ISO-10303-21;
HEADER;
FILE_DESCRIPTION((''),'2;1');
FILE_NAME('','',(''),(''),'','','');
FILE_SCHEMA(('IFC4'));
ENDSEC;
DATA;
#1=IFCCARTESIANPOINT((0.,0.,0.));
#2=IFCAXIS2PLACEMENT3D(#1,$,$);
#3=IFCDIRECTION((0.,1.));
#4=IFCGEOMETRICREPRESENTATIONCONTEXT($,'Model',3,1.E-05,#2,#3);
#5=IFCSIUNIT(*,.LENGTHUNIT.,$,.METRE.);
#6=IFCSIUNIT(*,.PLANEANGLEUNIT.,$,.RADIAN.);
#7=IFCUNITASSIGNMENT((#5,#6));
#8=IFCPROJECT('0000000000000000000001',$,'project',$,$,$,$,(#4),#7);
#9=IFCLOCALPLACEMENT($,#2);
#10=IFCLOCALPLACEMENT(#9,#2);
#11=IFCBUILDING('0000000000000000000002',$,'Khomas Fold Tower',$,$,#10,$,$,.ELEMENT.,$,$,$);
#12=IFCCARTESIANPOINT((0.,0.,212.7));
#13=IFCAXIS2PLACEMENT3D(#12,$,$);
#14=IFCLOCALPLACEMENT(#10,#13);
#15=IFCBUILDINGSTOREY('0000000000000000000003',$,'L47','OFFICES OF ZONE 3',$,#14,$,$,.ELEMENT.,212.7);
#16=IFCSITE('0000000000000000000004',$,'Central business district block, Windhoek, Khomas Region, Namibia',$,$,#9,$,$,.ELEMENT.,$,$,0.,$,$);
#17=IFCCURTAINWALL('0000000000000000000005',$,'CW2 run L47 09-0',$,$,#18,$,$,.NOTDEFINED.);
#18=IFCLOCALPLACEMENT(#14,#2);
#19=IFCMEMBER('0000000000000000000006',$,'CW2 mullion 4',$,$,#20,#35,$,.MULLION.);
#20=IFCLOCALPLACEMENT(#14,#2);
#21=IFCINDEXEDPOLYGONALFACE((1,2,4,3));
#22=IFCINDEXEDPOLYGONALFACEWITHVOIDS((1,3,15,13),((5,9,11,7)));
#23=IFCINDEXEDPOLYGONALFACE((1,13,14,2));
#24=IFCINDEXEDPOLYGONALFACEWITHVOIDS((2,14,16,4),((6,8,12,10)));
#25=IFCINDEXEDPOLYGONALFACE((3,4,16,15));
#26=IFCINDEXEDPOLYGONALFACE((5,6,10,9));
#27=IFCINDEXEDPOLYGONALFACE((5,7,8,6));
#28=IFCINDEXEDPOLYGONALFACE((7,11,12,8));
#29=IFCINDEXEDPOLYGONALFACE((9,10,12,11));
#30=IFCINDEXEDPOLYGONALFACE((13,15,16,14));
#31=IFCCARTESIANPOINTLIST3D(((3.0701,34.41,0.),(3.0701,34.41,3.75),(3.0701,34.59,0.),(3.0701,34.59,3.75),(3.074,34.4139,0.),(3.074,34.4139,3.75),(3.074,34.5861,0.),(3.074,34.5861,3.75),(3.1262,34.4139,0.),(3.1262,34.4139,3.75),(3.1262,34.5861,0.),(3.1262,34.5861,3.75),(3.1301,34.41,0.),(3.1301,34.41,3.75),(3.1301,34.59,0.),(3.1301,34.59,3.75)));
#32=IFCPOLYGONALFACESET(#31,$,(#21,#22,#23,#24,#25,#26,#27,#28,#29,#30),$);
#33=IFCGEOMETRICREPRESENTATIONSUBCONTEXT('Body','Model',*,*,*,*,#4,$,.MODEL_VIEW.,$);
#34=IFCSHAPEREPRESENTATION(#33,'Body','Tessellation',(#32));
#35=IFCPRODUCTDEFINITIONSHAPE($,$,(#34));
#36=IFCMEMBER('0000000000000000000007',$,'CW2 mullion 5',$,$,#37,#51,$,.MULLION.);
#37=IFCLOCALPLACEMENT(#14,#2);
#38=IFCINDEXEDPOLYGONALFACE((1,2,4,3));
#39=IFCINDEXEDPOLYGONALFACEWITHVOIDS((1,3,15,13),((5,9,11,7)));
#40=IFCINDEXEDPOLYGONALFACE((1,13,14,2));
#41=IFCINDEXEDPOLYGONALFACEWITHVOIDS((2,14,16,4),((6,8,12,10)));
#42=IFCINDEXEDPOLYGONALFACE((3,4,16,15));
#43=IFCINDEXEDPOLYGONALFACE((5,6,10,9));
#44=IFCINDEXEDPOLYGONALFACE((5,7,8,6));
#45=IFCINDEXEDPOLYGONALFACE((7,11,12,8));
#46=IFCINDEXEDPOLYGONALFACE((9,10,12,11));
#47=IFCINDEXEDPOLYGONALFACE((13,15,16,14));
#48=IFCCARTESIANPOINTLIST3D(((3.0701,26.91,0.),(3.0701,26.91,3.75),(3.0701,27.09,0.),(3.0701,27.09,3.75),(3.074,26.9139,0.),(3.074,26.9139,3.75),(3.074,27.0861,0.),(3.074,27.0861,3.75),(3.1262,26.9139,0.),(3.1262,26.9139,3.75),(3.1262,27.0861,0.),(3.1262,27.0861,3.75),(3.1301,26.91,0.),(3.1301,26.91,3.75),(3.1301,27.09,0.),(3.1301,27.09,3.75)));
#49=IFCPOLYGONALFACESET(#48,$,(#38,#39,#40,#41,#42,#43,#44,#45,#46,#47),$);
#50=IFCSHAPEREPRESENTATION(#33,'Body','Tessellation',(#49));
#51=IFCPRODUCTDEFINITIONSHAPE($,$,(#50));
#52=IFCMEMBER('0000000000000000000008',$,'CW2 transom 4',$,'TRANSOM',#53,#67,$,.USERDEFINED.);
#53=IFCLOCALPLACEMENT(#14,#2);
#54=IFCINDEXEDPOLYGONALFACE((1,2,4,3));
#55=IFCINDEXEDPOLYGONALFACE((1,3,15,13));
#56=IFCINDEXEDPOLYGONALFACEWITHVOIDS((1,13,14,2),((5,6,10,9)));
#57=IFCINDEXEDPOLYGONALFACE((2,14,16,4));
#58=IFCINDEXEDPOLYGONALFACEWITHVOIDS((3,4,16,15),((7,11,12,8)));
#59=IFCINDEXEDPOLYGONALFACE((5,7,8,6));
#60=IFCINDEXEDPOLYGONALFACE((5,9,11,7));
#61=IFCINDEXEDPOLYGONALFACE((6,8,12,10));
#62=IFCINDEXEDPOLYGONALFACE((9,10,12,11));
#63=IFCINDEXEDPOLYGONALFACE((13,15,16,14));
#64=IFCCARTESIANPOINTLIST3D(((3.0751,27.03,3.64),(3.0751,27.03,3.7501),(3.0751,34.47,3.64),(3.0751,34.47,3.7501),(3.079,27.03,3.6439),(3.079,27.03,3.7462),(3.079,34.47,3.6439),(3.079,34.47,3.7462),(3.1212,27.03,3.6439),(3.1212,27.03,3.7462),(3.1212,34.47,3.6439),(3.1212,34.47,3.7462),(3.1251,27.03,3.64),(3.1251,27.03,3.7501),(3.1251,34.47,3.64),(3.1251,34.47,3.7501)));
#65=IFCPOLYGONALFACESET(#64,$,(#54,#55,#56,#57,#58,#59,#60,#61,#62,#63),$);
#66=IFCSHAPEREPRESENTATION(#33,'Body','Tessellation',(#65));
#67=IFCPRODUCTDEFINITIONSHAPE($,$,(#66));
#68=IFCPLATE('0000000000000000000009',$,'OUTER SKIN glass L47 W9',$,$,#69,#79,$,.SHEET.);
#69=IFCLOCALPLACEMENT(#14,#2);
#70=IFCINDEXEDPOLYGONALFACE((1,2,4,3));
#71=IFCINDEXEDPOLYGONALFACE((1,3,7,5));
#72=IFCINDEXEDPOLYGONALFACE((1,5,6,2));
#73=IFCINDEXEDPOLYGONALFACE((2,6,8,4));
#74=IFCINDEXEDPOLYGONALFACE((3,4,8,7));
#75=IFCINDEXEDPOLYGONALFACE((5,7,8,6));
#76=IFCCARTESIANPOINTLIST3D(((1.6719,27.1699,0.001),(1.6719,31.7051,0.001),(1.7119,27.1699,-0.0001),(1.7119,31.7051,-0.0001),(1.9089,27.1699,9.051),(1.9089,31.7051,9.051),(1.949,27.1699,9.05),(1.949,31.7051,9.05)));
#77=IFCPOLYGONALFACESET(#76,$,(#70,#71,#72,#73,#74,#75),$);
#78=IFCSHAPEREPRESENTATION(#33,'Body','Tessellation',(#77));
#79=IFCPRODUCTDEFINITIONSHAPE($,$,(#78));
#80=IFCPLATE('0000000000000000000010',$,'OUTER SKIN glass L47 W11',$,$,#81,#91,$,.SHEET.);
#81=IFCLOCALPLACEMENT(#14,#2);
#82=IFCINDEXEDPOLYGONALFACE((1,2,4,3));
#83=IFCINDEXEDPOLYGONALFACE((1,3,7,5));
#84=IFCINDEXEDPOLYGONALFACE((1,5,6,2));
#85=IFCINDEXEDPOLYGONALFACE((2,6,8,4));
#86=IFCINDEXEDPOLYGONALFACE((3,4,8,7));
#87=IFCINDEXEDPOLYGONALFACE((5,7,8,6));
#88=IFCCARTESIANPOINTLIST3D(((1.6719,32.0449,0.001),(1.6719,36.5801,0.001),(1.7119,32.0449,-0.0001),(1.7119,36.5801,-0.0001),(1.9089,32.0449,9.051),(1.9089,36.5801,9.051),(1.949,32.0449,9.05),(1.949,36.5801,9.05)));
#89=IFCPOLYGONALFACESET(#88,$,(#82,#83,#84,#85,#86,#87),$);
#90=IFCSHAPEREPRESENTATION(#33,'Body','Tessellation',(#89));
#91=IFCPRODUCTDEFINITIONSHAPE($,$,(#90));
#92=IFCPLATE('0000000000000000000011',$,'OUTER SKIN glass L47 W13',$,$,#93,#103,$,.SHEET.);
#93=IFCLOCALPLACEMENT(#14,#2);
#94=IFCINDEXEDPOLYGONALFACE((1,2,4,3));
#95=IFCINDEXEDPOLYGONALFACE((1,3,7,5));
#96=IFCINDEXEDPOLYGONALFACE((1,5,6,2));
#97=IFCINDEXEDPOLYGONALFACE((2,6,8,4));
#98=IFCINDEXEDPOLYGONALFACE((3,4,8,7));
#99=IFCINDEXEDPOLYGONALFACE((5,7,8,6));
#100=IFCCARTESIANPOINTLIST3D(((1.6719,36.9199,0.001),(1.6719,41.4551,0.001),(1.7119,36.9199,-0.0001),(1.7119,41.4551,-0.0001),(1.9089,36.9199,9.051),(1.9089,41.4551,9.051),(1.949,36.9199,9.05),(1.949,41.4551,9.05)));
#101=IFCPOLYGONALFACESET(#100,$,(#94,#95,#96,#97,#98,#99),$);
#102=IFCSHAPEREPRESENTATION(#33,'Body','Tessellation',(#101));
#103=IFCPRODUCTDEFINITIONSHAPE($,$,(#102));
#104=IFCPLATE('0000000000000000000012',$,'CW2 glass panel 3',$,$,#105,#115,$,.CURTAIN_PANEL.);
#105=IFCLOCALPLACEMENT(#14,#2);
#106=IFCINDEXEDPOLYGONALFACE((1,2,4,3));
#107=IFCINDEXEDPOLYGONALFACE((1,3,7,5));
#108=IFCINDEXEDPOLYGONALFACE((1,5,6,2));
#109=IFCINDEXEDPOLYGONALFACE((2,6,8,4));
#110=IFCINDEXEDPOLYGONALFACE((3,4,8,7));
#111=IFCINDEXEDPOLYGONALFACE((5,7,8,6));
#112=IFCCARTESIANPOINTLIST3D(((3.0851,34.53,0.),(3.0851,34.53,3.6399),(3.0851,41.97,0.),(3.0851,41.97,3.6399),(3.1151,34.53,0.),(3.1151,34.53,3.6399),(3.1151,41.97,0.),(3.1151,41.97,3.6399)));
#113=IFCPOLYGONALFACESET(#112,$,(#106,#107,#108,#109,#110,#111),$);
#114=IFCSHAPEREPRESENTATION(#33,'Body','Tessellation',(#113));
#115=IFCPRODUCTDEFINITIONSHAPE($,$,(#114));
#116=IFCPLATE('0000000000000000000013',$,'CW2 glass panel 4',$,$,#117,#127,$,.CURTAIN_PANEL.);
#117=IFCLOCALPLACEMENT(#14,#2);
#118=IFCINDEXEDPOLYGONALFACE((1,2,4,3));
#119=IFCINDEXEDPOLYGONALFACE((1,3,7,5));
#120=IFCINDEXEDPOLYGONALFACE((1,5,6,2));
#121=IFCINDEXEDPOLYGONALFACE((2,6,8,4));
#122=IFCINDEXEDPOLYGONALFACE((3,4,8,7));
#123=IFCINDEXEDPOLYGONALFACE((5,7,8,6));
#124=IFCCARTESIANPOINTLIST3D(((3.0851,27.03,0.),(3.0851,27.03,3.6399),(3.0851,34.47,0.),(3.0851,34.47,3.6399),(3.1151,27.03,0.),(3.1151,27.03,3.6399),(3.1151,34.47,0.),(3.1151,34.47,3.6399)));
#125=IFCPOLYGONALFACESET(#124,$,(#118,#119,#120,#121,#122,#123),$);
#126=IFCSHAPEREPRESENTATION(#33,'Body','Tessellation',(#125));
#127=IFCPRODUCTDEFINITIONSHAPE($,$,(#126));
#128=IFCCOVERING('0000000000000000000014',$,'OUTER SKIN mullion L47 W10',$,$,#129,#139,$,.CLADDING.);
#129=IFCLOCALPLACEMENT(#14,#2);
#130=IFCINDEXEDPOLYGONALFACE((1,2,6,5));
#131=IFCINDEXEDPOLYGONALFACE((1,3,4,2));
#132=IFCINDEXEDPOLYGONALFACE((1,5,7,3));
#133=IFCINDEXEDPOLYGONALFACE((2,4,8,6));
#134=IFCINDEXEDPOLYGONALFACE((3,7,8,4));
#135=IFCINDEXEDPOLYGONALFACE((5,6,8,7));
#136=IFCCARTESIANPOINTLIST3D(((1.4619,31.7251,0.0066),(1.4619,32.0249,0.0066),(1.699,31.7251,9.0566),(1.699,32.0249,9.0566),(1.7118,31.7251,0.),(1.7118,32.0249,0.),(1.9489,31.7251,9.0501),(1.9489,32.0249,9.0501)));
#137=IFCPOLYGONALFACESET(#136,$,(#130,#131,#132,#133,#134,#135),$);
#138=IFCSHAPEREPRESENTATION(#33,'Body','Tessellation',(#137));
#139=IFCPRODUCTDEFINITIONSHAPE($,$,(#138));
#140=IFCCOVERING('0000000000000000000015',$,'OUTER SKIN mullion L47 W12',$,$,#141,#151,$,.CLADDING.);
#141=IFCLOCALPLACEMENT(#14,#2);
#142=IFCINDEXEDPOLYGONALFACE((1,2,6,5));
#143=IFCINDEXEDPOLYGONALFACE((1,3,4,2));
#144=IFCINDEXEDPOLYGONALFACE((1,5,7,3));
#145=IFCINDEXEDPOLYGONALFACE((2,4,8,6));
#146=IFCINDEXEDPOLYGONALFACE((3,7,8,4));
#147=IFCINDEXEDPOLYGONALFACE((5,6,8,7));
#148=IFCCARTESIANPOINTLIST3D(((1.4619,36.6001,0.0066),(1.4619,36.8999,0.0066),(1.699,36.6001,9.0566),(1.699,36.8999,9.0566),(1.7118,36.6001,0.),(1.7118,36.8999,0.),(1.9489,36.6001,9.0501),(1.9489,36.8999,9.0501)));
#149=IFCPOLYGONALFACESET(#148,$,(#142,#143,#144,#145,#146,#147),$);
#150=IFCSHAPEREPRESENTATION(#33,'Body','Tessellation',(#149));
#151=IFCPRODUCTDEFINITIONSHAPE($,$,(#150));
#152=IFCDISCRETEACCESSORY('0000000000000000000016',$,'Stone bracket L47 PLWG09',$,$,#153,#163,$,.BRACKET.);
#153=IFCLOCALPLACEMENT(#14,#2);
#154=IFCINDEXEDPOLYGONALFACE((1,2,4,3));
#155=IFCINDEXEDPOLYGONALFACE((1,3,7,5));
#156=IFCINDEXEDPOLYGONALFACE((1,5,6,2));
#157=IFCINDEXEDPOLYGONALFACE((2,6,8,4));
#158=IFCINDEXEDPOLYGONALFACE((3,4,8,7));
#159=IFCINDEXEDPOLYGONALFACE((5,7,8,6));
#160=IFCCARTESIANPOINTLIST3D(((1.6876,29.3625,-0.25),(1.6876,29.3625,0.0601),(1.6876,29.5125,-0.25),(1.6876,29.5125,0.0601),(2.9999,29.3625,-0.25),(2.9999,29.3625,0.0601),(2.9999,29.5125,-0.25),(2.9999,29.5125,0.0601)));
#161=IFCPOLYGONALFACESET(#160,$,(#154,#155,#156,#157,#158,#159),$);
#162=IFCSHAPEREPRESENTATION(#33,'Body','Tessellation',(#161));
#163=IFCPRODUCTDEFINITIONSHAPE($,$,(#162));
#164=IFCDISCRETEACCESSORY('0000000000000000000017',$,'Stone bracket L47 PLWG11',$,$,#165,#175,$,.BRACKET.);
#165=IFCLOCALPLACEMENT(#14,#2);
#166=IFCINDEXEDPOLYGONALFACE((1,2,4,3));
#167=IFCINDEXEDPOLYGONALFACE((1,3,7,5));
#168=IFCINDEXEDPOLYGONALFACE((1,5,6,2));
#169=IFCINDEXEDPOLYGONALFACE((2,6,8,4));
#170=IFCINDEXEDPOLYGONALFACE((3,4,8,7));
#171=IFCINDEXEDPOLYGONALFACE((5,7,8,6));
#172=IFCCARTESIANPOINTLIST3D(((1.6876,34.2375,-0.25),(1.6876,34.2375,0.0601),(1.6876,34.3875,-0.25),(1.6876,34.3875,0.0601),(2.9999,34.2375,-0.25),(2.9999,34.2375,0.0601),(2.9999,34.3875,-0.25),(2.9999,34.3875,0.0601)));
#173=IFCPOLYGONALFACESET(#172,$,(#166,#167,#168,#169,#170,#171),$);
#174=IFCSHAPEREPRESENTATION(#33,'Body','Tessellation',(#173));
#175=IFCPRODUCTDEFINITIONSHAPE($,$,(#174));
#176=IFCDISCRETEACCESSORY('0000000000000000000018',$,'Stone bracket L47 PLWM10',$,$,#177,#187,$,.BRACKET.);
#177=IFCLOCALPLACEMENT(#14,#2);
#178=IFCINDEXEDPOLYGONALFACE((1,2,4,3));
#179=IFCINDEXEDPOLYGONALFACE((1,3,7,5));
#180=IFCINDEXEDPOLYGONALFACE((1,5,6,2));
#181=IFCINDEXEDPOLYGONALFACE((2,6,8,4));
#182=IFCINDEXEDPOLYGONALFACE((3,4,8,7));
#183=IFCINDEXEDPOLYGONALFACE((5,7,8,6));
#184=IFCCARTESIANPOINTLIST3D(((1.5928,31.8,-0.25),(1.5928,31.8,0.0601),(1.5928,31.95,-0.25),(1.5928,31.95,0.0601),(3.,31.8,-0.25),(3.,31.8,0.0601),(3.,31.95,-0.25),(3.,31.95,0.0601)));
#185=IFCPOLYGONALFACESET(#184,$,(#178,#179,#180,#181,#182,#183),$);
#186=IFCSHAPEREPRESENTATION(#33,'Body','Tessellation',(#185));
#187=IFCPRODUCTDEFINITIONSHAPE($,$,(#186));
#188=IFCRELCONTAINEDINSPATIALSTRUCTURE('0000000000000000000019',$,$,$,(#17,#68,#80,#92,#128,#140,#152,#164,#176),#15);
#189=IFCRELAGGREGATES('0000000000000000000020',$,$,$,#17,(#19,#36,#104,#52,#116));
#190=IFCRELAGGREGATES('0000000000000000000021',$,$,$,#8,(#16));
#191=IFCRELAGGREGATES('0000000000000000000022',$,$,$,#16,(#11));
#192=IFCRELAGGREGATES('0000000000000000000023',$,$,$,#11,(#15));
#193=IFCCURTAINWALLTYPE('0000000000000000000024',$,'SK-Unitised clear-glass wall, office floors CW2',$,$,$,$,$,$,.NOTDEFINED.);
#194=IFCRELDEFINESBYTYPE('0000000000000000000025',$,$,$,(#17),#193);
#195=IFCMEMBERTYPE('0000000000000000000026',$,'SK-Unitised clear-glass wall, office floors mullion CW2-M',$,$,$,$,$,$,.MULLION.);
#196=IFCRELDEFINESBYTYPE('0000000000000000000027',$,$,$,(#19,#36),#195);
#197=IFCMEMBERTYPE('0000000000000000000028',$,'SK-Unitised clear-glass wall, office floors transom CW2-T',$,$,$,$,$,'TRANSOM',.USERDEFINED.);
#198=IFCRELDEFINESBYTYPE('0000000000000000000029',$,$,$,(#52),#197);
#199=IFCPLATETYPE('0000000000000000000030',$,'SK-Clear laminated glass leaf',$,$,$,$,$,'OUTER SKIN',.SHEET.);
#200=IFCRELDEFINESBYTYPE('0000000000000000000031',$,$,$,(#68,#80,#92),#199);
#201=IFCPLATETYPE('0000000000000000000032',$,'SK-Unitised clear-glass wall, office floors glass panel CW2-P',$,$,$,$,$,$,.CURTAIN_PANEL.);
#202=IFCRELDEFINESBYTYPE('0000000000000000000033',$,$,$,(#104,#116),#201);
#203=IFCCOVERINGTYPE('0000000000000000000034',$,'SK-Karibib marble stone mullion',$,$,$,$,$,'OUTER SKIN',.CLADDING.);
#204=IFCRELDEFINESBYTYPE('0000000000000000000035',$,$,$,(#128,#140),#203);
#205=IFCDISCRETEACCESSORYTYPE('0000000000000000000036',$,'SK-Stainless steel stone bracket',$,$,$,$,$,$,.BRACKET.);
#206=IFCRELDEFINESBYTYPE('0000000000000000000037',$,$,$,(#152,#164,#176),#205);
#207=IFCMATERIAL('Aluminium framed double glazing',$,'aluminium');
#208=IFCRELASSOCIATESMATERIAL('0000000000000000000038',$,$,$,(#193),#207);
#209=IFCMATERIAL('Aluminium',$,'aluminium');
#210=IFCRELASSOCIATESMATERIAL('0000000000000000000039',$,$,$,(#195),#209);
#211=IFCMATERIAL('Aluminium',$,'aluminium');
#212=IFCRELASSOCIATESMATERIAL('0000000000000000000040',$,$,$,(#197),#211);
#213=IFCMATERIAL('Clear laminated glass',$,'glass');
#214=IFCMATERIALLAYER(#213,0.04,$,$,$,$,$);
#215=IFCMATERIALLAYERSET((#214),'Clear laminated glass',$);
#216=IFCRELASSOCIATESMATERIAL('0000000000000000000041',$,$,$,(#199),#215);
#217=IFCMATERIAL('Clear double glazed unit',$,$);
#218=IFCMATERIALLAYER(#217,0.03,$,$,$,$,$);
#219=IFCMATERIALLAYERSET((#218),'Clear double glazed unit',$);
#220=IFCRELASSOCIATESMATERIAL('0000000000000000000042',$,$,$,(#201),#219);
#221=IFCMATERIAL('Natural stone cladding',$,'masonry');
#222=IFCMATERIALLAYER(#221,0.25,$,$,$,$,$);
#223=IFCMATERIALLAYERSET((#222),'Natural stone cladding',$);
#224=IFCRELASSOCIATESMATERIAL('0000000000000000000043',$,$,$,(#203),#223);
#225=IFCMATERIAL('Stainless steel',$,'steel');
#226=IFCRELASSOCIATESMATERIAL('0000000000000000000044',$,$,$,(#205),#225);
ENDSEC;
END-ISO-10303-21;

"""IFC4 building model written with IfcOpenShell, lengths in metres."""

from ifc_helpers import new_model, si_unit, direction, frame, origin, origin_2d, place, context, subcontext, project, spatial, polyline, rectangle, hollow_rectangle, outline, extrude, source, transform, mapped, material, layer, layer_set, material_profile, profile_set, type_object, element, aggregate, save


model = new_model("IFC4")

# Units and contexts
model_context = context("Model", 3, precision=1e-05, world=origin(), true_north=direction((0.0, 1.0)))
body_context = subcontext(model_context, "Body", "Model", "MODEL_VIEW")
ifc_project = project(units=[si_unit("LENGTHUNIT", "METRE"), si_unit("PLANEANGLEUNIT", "RADIAN")], contexts=[model_context])

# Site, building, storey
site_placement = place(None, origin())
site = spatial("IfcSite", under=ifc_project, at=site_placement, Name="Central business district block, Windhoek, Khomas Region, Namibia", CompositionType="ELEMENT", RefElevation=0.0)
building_placement = place(site_placement, origin())
building = spatial("IfcBuilding", under=site, at=building_placement, Name="Khomas Fold Tower", CompositionType="ELEMENT")
storey_placement = place(building_placement, frame((0.0, 0.0, 212.7)))
storey = spatial("IfcBuildingStorey", under=building, at=storey_placement, Name="L47", Description="OFFICES OF ZONE 3", CompositionType="ELEMENT", Elevation=212.7)

# Curtain wall, members
ifc_material_1 = material(Name="Aluminium framed double glazing", Category="aluminium")
curtain_wall_type = type_object("IfcCurtainWallType", Name="SK-Unitised clear-glass wall, office floors CW2", PredefinedType="NOTDEFINED", material=ifc_material_1)
curtain_wall_placement = place(storey_placement, origin())
curtain_wall = element("IfcCurtainWall", 1, at=curtain_wall_placement, inside=storey, type_object=curtain_wall_type, Name="CW2 run L47 09-0", PredefinedType="NOTDEFINED")
ifc_material_2 = material(Name="Aluminium", Category="aluminium")
ifc_material_profile_1 = material_profile(ifc_material_2, hollow_rectangle(XDim=0.0601, YDim=0.1799, WallThickness=0.0039, at=origin_2d()), Name="SK-Unitised clear-glass wall, office floors mullion CW2-M")
ifc_profile_set_1 = profile_set([ifc_material_profile_1], Name="Aluminium")
member_type_1 = type_object("IfcMemberType", Name="SK-Unitised clear-glass wall, office floors mullion CW2-M", PredefinedType="MULLION", material=ifc_profile_set_1)
shared_shape_1 = source(origin(), body_context, "Body", "SweptSolid", [
    extrude(hollow_rectangle(XDim=0.0601, YDim=0.1799, WallThickness=0.0039, at=origin_2d()), origin(), (0.0, 0.0, 1.0), 3.75),
])
member_1_placement = place(storey_placement, frame((3.1001, 34.5, 0.0), z_axis=(0.0, 0.0, 1.0), x_axis=(1.0, 0.0, 0.0)))
member_1 = element("IfcMember", 2, at=member_1_placement, type_object=member_type_1, Name="CW2 mullion 4", PredefinedType="MULLION", context=body_context, shape_type="MappedRepresentation", body=[
    mapped(shared_shape_1, transform((0.0, 0.0, 0.0))),
])
member_2_placement = place(storey_placement, frame((3.1001, 27.0, 0.0), z_axis=(0.0, 0.0, 1.0), x_axis=(1.0, 0.0, 0.0)))
member_2 = element("IfcMember", 3, at=member_2_placement, type_object=member_type_1, Name="CW2 mullion 5", PredefinedType="MULLION", context=body_context, shape_type="MappedRepresentation", body=[
    mapped(shared_shape_1, transform((0.0, 0.0, 0.0))),
])
ifc_material_3 = material(Name="Aluminium", Category="aluminium")
ifc_material_profile_2 = material_profile(ifc_material_3, hollow_rectangle(XDim=0.05, YDim=0.1101, WallThickness=0.0039, at=origin_2d()), Name="SK-Unitised clear-glass wall, office floors transom CW2-T")
ifc_profile_set_2 = profile_set([ifc_material_profile_2], Name="Aluminium")
member_type_2 = type_object("IfcMemberType", Name="SK-Unitised clear-glass wall, office floors transom CW2-T", ElementType="TRANSOM", PredefinedType="USERDEFINED", material=ifc_profile_set_2)
shared_shape_2 = source(origin(), body_context, "Body", "SweptSolid", [
    extrude(hollow_rectangle(XDim=0.05, YDim=0.1101, WallThickness=0.0039, at=origin_2d()), origin(), (0.0, 0.0, 1.0), 7.4399),
])
member_3_placement = place(storey_placement, frame((3.1001, 34.47, 3.6951), z_axis=(0.0, -1.0, 0.0), x_axis=(1.0, 0.0, 0.0)))
member_3 = element("IfcMember", 4, at=member_3_placement, type_object=member_type_2, Name="CW2 transom 4", ObjectType="TRANSOM", PredefinedType="USERDEFINED", context=body_context, shape_type="MappedRepresentation", body=[
    mapped(shared_shape_2, transform((0.0, 0.0, 0.0))),
])

# Plates
ifc_material_4 = material(Name="Clear laminated glass", Category="glass")
ifc_layer_1 = layer(ifc_material_4, 0.04)
ifc_layer_set_1 = layer_set([ifc_layer_1], Name="Clear laminated glass")
plate_type_1 = type_object("IfcPlateType", Name="SK-Clear laminated glass leaf", ElementType="OUTER SKIN", PredefinedType="SHEET", material=ifc_layer_set_1)
for number, where, z_axis, x_axis, name in (
    (5, (1.6719, 27.1699, 0.001), (-0.999657, 0.0, 0.026185), (0.0, 1.0, 0.0), "OUTER SKIN glass L47 W9"),
    (6, (1.6719, 32.0449, 0.001), (-0.999657, 0.0, 0.026185), (0.0, 1.0, 0.0), "OUTER SKIN glass L47 W11"),
    (7, (1.6719, 36.9199, 0.001), (-0.999657, 0.0, 0.026185), (0.0, 1.0, 0.0), "OUTER SKIN glass L47 W13"),
):
    element("IfcPlate", number, at=place(storey_placement, frame(where, z_axis=z_axis, x_axis=x_axis)), inside=storey, type_object=plate_type_1, Name=name, PredefinedType="SHEET", context=body_context, shape_type="SweptSolid", body=[
        extrude(outline(polyline([(0.0, 0.0), (4.5352, 0.0), (4.5352, -9.0532), (0.0, -9.0532), (0.0, 0.0)])), origin(), (0.0, 0.0, -1.0), 0.04),
    ])

# Plates
ifc_material_5 = material(Name="Clear double glazed unit")
ifc_layer_2 = layer(ifc_material_5, 0.03)
ifc_layer_set_2 = layer_set([ifc_layer_2], Name="Clear double glazed unit")
plate_type_2 = type_object("IfcPlateType", Name="SK-Unitised clear-glass wall, office floors glass panel CW2-P", PredefinedType="CURTAIN_PANEL", material=ifc_layer_set_2)
shared_shape_3 = source(origin(), body_context, "Body", "SweptSolid", [
    extrude(rectangle(XDim=7.4399, YDim=0.03, at=origin_2d()), origin(), (0.0, 0.0, 1.0), 3.6399),
])
plate_1_placement = place(storey_placement, frame((3.1001, 38.25, 0.0), z_axis=(0.0, 0.0, 1.0), x_axis=(0.0, -1.0, 0.0)))
plate_1 = element("IfcPlate", 8, at=plate_1_placement, type_object=plate_type_2, Name="CW2 glass panel 3", PredefinedType="CURTAIN_PANEL", context=body_context, shape_type="MappedRepresentation", body=[
    mapped(shared_shape_3, transform((0.0, 0.0, 0.0))),
])
plate_2_placement = place(storey_placement, frame((3.1001, 30.75, 0.0), z_axis=(0.0, 0.0, 1.0), x_axis=(0.0, -1.0, 0.0)))
plate_2 = element("IfcPlate", 9, at=plate_2_placement, type_object=plate_type_2, Name="CW2 glass panel 4", PredefinedType="CURTAIN_PANEL", context=body_context, shape_type="MappedRepresentation", body=[
    mapped(shared_shape_3, transform((0.0, 0.0, 0.0))),
])
aggregate(curtain_wall, [member_1, member_2, plate_1, member_3, plate_2])

# Coverings
ifc_material_6 = material(Name="Natural stone cladding", Category="masonry")
ifc_layer_3 = layer(ifc_material_6, 0.25)
ifc_layer_set_3 = layer_set([ifc_layer_3], Name="Natural stone cladding")
covering_type = type_object("IfcCoveringType", Name="SK-Karibib marble stone mullion", ElementType="OUTER SKIN", PredefinedType="CLADDING", material=ifc_layer_set_3)
for number, where, z_axis, x_axis, name in (
    (10, (1.4619, 31.7251, 0.0066), (-0.999657, 0.0, 0.026185), (0.0, 1.0, 0.0), "OUTER SKIN mullion L47 W10"),
    (11, (1.4619, 36.6001, 0.0066), (-0.999657, 0.0, 0.026185), (0.0, 1.0, 0.0), "OUTER SKIN mullion L47 W12"),
):
    element("IfcCovering", number, at=place(storey_placement, frame(where, z_axis=z_axis, x_axis=x_axis)), inside=storey, type_object=covering_type, Name=name, PredefinedType="CLADDING", context=body_context, shape_type="SweptSolid", body=[
        extrude(outline(polyline([(0.0, 0.0), (0.2998, 0.0), (0.2998, -9.0532), (0.0, -9.0532), (0.0, 0.0)])), origin(), (0.0, 0.0, -1.0), 0.25),
    ])

# Discrete accessories
ifc_material_7 = material(Name="Stainless steel", Category="steel")
discrete_accessory_type = type_object("IfcDiscreteAccessoryType", Name="SK-Stainless steel stone bracket", PredefinedType="BRACKET", material=ifc_material_7)
shared_shape_4 = source(origin(), body_context, "Body", "SweptSolid", [
    extrude(rectangle(XDim=1.3123, YDim=0.1499, at=origin_2d()), origin(), (0.0, 0.0, 1.0), 0.3101),
])
for number, where, z_axis, x_axis, name in (
    (12, (2.3438, 29.4375, -0.25), (0.0, 0.0, 1.0), (-1.0, 0.0, 0.0), "Stone bracket L47 PLWG09"),
    (13, (2.3438, 34.3125, -0.25), (0.0, 0.0, 1.0), (-1.0, 0.0, 0.0), "Stone bracket L47 PLWG11"),
):
    element("IfcDiscreteAccessory", number, at=place(storey_placement, frame(where, z_axis=z_axis, x_axis=x_axis)), inside=storey, type_object=discrete_accessory_type, Name=name, PredefinedType="BRACKET", context=body_context, shape_type="MappedRepresentation", body=[
        mapped(shared_shape_4, transform((0.0, 0.0, 0.0))),
    ])
shared_shape_5 = source(origin(), body_context, "Body", "SweptSolid", [
    extrude(rectangle(XDim=1.4072, YDim=0.1499, at=origin_2d()), origin(), (0.0, 0.0, 1.0), 0.3101),
])
for number, where, z_axis, x_axis, name in (
    (14, (2.2964, 31.875, -0.25), (0.0, 0.0, 1.0), (-1.0, 0.0, 0.0), "Stone bracket L47 PLWM10"),
):
    element("IfcDiscreteAccessory", number, at=place(storey_placement, frame(where, z_axis=z_axis, x_axis=x_axis)), inside=storey, type_object=discrete_accessory_type, Name=name, PredefinedType="BRACKET", context=body_context, shape_type="MappedRepresentation", body=[
        mapped(shared_shape_5, transform((0.0, 0.0, 0.0))),
    ])

save(model, "model.ifc")
